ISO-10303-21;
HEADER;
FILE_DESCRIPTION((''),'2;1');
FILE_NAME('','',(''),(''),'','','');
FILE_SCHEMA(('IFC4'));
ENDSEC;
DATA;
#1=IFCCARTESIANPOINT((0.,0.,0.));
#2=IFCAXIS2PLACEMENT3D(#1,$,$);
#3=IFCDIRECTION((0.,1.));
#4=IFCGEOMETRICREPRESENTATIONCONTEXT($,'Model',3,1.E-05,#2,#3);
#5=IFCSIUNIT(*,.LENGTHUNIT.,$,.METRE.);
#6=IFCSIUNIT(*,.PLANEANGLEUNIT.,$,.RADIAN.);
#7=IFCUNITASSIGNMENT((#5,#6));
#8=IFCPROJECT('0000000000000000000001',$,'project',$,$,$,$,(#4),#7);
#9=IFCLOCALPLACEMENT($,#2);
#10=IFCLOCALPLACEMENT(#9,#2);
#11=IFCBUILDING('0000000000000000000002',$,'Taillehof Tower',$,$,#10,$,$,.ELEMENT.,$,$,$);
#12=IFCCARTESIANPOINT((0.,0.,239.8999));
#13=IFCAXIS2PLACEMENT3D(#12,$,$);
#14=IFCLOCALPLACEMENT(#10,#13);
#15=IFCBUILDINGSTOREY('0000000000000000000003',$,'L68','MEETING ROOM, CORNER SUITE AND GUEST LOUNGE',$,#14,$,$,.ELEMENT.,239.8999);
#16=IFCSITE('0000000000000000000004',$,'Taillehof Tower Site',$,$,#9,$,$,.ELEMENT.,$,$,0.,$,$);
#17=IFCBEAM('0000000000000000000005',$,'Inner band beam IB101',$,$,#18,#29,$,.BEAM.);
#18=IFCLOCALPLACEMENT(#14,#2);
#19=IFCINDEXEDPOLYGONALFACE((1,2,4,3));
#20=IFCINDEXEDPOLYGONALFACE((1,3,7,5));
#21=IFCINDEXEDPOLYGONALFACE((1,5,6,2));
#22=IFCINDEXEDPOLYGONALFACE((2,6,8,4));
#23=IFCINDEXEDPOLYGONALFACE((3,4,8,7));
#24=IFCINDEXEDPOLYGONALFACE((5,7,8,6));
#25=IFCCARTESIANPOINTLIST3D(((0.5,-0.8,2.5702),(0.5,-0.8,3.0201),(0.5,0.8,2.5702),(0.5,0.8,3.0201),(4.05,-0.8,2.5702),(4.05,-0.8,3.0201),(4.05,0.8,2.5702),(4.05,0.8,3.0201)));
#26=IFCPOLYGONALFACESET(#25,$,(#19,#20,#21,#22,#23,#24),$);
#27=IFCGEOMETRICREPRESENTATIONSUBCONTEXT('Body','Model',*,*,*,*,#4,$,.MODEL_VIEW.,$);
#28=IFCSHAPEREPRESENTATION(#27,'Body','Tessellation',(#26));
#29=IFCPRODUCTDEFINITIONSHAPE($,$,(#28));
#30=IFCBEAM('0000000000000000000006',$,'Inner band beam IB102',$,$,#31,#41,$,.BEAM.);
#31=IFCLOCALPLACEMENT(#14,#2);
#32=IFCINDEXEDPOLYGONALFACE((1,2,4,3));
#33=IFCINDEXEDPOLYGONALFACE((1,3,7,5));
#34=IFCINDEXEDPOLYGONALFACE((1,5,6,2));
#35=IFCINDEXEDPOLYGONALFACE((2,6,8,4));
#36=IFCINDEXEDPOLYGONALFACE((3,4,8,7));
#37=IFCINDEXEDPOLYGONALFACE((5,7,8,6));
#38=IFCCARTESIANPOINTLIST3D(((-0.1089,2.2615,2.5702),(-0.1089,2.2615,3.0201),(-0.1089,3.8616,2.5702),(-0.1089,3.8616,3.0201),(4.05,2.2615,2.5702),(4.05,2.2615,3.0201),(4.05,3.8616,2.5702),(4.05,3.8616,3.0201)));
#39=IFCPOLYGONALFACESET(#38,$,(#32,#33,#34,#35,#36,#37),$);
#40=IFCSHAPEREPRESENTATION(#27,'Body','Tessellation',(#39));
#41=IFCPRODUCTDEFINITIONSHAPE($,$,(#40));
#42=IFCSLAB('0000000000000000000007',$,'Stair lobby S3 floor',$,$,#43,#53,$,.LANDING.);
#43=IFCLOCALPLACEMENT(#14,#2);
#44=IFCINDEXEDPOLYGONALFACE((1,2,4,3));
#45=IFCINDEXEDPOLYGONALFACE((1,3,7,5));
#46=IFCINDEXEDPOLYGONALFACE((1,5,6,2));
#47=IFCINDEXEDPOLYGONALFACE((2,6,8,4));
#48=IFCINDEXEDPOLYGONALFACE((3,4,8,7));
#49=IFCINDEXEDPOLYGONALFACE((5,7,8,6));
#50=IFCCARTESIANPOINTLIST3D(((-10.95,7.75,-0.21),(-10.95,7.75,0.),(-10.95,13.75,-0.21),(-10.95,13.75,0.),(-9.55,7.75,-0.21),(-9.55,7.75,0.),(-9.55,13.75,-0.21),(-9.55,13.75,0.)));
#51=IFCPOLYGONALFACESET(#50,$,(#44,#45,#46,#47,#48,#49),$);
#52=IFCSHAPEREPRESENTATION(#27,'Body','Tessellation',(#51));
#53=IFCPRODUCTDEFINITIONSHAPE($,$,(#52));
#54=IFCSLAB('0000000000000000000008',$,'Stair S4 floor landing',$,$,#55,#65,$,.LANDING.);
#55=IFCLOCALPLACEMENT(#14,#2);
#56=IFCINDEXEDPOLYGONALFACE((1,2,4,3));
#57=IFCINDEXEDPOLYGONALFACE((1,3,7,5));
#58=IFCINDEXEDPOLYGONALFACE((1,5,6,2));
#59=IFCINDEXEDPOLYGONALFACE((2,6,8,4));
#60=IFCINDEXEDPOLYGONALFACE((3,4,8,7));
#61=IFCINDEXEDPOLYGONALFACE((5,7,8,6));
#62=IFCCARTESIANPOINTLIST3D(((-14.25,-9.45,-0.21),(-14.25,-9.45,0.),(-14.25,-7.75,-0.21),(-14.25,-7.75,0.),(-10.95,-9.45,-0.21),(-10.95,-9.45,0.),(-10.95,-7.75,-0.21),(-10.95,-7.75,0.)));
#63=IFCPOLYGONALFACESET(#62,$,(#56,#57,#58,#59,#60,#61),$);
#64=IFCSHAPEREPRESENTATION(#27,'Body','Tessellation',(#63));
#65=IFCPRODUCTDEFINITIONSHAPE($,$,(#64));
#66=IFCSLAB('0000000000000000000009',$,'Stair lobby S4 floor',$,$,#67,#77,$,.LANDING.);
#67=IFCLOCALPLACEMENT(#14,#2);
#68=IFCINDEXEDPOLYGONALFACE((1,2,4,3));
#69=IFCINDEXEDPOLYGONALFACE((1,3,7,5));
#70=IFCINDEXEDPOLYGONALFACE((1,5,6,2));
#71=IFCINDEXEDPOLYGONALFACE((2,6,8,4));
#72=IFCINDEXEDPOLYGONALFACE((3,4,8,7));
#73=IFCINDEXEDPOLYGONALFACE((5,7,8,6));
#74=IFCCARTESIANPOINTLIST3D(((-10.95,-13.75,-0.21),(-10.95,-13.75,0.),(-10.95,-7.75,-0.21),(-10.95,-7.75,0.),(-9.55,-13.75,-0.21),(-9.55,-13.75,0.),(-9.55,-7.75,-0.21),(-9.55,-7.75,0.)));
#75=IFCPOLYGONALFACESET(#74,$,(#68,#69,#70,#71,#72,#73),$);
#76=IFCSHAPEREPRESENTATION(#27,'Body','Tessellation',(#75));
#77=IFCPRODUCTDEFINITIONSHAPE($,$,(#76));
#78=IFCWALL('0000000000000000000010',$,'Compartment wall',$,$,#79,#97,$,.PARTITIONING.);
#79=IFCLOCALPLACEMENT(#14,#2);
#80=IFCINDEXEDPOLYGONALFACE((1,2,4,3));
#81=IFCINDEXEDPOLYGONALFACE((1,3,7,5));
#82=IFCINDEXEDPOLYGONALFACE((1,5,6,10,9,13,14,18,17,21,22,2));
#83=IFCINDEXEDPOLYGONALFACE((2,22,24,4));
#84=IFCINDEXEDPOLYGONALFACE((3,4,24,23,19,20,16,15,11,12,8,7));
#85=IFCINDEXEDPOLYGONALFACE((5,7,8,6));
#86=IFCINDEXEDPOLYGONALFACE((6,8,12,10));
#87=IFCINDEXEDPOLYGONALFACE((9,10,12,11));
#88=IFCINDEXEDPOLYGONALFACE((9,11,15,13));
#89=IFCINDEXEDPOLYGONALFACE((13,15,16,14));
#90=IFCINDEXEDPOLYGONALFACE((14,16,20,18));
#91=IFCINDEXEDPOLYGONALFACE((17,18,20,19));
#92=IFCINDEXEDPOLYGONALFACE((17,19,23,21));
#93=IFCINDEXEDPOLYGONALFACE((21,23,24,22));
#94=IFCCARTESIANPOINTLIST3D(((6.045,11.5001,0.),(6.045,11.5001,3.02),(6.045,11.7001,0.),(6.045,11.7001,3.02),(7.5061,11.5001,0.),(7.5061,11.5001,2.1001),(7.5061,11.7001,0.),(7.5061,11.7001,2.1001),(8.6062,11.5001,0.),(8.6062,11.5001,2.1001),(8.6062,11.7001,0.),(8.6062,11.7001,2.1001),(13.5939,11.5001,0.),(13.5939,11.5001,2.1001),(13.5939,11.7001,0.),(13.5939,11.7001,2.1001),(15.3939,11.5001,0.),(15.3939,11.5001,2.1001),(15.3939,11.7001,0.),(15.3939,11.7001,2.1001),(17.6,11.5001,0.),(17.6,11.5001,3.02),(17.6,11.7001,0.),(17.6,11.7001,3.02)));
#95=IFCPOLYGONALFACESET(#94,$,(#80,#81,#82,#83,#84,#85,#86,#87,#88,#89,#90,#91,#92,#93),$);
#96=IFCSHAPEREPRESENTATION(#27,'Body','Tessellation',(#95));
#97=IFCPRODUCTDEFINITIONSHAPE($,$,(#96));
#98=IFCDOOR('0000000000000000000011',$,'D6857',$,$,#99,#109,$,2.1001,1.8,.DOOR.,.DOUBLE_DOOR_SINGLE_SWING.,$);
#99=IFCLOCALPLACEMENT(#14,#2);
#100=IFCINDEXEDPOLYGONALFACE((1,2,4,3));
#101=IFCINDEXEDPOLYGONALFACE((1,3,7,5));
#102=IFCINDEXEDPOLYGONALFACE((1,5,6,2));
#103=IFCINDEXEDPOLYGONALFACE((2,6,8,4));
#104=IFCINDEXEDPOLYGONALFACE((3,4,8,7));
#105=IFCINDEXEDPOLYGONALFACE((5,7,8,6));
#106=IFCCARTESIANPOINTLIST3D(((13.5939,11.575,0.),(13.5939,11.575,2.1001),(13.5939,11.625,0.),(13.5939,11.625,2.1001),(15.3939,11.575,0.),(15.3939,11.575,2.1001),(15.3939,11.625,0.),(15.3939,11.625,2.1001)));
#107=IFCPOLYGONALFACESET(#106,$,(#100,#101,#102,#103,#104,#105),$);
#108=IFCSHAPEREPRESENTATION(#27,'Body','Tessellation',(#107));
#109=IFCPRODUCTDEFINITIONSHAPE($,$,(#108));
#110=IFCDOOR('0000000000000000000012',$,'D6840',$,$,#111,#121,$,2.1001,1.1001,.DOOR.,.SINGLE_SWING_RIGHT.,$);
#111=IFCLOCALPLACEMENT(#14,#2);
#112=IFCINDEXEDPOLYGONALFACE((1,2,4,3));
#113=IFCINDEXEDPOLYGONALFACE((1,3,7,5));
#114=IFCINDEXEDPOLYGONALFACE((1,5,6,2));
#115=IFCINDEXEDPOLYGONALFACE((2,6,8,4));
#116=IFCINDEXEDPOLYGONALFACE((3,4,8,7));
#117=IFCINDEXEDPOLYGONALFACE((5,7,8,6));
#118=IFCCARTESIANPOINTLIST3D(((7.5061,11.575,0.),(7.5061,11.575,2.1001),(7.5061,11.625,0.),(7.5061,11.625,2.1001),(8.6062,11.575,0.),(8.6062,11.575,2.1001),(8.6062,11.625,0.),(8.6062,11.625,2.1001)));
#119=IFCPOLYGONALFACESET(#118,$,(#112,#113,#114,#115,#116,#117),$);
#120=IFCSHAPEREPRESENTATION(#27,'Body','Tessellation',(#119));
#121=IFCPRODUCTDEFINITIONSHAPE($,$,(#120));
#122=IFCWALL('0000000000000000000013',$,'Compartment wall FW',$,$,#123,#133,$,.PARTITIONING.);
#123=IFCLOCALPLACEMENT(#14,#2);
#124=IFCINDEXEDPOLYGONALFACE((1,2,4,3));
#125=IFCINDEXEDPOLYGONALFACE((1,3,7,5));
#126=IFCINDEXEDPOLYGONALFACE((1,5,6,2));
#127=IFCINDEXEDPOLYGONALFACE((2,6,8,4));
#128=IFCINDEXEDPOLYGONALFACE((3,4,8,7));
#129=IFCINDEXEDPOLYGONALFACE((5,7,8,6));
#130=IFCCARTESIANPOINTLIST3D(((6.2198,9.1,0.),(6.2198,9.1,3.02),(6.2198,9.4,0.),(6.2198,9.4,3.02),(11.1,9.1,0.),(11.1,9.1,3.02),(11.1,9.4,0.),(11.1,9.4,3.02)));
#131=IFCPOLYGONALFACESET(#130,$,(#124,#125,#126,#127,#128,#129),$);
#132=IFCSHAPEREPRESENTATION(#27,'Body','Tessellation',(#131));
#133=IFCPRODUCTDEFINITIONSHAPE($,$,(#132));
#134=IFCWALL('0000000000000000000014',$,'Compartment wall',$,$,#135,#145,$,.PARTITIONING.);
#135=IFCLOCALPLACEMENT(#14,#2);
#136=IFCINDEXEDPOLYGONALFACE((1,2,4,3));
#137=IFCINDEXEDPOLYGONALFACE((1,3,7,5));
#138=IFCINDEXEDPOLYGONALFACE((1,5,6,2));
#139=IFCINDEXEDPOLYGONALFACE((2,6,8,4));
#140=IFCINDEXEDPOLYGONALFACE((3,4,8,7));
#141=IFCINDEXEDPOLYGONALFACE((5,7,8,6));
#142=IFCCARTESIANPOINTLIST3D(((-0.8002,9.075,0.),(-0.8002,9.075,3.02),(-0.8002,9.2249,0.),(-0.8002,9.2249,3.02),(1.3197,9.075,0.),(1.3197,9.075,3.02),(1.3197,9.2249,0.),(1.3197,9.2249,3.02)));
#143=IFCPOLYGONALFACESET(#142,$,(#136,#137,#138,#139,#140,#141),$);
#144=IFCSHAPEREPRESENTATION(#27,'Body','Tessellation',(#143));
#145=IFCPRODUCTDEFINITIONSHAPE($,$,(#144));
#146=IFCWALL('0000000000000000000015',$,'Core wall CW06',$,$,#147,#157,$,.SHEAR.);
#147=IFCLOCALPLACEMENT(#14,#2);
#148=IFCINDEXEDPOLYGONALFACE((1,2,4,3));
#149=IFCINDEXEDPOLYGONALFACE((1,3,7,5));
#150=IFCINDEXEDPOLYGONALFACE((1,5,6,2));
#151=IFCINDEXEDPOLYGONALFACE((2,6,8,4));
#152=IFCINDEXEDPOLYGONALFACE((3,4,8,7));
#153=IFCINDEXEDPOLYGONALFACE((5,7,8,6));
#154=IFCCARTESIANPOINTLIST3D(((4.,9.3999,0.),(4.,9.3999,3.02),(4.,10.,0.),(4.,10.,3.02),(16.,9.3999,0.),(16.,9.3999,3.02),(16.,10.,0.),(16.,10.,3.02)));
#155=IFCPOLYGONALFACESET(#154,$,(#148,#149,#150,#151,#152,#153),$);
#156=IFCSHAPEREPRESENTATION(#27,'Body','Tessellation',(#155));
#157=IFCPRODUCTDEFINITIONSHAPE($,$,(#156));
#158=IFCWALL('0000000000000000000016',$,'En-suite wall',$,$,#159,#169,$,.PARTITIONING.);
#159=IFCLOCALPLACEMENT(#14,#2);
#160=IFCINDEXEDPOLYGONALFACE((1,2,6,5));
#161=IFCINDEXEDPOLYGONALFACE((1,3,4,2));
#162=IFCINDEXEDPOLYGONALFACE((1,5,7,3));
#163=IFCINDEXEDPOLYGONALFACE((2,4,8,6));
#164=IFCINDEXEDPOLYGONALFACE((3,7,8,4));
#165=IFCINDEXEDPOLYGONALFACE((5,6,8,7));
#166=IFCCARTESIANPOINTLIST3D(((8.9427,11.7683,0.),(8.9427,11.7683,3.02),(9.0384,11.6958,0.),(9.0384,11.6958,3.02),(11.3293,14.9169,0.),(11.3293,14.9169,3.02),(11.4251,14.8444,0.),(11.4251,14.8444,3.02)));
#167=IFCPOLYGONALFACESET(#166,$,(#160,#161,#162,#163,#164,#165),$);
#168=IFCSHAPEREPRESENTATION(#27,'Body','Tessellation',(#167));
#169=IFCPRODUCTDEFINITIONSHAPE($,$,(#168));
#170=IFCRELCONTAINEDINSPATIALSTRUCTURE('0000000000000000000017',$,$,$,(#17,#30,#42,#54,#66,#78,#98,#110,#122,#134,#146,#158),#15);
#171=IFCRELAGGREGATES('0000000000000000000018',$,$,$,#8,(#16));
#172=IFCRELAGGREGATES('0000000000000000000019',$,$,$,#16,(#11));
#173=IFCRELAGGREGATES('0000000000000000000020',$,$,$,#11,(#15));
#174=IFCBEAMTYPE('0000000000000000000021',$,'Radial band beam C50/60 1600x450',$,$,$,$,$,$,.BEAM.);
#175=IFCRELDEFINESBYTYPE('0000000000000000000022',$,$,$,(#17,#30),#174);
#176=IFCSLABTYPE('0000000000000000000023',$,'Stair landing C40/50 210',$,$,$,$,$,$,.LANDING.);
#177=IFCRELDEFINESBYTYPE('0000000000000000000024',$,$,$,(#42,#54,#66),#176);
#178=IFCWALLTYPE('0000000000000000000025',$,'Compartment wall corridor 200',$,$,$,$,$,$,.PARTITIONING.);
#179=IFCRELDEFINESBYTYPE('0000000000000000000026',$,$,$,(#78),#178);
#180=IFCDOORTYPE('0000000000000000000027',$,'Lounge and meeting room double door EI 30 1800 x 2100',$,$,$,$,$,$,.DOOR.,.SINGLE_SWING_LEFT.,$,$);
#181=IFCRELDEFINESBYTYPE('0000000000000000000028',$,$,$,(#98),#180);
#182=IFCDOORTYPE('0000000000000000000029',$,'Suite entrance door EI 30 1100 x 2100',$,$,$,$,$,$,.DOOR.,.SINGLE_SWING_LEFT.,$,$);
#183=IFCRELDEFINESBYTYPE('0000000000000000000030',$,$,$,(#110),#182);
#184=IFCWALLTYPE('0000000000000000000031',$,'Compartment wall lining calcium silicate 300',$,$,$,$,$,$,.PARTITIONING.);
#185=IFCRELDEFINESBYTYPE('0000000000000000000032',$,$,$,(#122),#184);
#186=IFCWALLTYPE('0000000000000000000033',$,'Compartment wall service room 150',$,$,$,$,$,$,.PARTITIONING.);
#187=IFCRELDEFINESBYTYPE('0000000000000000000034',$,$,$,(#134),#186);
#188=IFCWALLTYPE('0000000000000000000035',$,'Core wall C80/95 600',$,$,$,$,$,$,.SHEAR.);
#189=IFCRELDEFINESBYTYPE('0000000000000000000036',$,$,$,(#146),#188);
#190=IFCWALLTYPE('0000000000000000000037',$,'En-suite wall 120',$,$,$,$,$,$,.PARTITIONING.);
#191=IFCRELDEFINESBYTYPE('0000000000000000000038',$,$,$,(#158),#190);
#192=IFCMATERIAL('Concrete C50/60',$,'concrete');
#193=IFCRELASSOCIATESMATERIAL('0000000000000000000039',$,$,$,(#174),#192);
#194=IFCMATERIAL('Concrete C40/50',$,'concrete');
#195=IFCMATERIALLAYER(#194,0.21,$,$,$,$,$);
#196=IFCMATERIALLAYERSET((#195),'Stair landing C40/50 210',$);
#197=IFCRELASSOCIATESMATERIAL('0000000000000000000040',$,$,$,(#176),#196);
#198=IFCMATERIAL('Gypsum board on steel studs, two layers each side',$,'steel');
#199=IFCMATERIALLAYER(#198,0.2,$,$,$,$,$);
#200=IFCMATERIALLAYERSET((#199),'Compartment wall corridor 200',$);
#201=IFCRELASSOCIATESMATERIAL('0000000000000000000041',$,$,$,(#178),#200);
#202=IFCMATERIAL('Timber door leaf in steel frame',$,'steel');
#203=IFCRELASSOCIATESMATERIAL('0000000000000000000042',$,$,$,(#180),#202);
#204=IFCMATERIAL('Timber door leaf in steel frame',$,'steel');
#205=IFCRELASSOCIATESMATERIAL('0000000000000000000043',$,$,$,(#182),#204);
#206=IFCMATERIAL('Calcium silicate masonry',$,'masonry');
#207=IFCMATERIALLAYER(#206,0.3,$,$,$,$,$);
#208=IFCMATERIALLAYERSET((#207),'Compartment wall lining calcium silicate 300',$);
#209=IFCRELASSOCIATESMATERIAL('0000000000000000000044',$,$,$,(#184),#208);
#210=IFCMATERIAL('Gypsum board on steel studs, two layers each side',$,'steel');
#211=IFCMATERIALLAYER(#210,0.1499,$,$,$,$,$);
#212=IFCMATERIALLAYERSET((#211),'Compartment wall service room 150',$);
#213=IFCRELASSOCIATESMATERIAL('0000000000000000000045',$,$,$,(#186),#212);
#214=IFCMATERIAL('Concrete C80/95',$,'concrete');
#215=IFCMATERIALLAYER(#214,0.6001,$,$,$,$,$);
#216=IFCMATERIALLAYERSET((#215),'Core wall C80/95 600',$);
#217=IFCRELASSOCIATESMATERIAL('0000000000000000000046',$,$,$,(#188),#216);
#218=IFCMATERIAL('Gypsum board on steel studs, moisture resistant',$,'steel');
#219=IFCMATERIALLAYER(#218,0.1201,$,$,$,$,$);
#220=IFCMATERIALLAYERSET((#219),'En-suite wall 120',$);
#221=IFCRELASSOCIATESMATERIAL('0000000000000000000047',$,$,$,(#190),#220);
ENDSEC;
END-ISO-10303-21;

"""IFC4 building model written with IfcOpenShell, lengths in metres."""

from ifc_helpers import new_model, si_unit, direction, frame, frame_2d, origin, origin_2d, place, context, subcontext, project, spatial, polyline, rectangle, outline, extrude, material, layer, layer_set, material_profile, profile_set, type_object, element, fill, save


model = new_model("IFC4")

# Units and contexts
model_context = context("Model", 3, precision=1e-05, world=origin(), true_north=direction((0.0, 1.0)))
body_context = subcontext(model_context, "Body", "Model", "MODEL_VIEW")
ifc_project = project(units=[si_unit("LENGTHUNIT", "METRE"), si_unit("PLANEANGLEUNIT", "RADIAN")], contexts=[model_context])

# Site, building, storey
site_placement = place(None, origin())
site = spatial("IfcSite", under=ifc_project, at=site_placement, Name="Taillehof Tower Site", CompositionType="ELEMENT", RefElevation=0.0)
building_placement = place(site_placement, origin())
building = spatial("IfcBuilding", under=site, at=building_placement, Name="Taillehof Tower", CompositionType="ELEMENT")
storey_placement = place(building_placement, frame((0.0, 0.0, 239.8999)))
storey = spatial("IfcBuildingStorey", under=building, at=storey_placement, Name="L68", Description="MEETING ROOM, CORNER SUITE AND GUEST LOUNGE", CompositionType="ELEMENT", Elevation=239.8999)

# Beams
ifc_material_1 = material(Name="Concrete C50/60", Category="concrete")
ifc_material_profile = material_profile(ifc_material_1, rectangle(XDim=1.6001, YDim=0.45, at=origin_2d()), Name="RC 1600x450")
ifc_profile_set = profile_set([ifc_material_profile], Name="Concrete C50/60")
beam_type = type_object("IfcBeamType", Name="Radial band beam C50/60 1600x450", PredefinedType="BEAM", material=ifc_profile_set)
beam_1_placement = place(storey_placement, frame((0.5, 0.0, 2.7952), z_axis=(1.0, 0.0, 0.0), x_axis=(0.0, 1.0, 0.0)))
element("IfcBeam", 1, at=beam_1_placement, inside=storey, type_object=beam_type, Name="Inner band beam IB101", PredefinedType="BEAM", context=body_context, shape_type="SweptSolid", body=[
    extrude(rectangle(XDim=1.6001, YDim=0.45, at=origin_2d()), origin(), (0.0, 0.0, 1.0), 3.55),
])
beam_2_placement = place(storey_placement, frame((-0.1089, 3.0615, 2.7952), z_axis=(1.0, 0.0, 0.0), x_axis=(0.0, 1.0, 0.0)))
element("IfcBeam", 2, at=beam_2_placement, inside=storey, type_object=beam_type, Name="Inner band beam IB102", PredefinedType="BEAM", context=body_context, shape_type="SweptSolid", body=[
    extrude(rectangle(XDim=1.6001, YDim=0.45, at=origin_2d()), origin(), (0.0, 0.0, 1.0), 4.1589),
])

# Slabs
ifc_material_2 = material(Name="Concrete C40/50", Category="concrete")
ifc_layer_1 = layer(ifc_material_2, 0.21)
ifc_layer_set_1 = layer_set([ifc_layer_1], Name="Stair landing C40/50 210")
slab_type = type_object("IfcSlabType", Name="Stair landing C40/50 210", PredefinedType="LANDING", material=ifc_layer_set_1)
slab_1_placement = place(storey_placement, frame((0.0, 0.0, -0.21)))
element("IfcSlab", 3, at=slab_1_placement, inside=storey, type_object=slab_type, Name="Stair lobby S3 floor", PredefinedType="LANDING", context=body_context, shape_type="SweptSolid", body=[
    extrude(outline(polyline([(-10.95, 7.75), (-9.55, 7.75), (-9.55, 13.75), (-10.95, 13.75), (-10.95, 7.75)])), origin(), (0.0, 0.0, 1.0), 0.21),
])
slab_2_placement = place(storey_placement, frame((0.0, 0.0, -0.21)))
element("IfcSlab", 4, at=slab_2_placement, inside=storey, type_object=slab_type, Name="Stair S4 floor landing", PredefinedType="LANDING", context=body_context, shape_type="SweptSolid", body=[
    extrude(outline(polyline([(-14.25, -7.75), (-14.25, -9.45), (-10.95, -9.45), (-10.95, -7.75), (-14.25, -7.75)])), origin(), (0.0, 0.0, 1.0), 0.21),
])
slab_3_placement = place(storey_placement, frame((0.0, 0.0, -0.21)))
element("IfcSlab", 5, at=slab_3_placement, inside=storey, type_object=slab_type, Name="Stair lobby S4 floor", PredefinedType="LANDING", context=body_context, shape_type="SweptSolid", body=[
    extrude(outline(polyline([(-10.95, -13.75), (-9.55, -13.75), (-9.55, -7.75), (-10.95, -7.75), (-10.95, -13.75)])), origin(), (0.0, 0.0, 1.0), 0.21),
])

# Wall, openings, doors
ifc_material_3 = material(Name="Gypsum board on steel studs, two layers each side", Category="steel")
ifc_layer_2 = layer(ifc_material_3, 0.2)
ifc_layer_set_2 = layer_set([ifc_layer_2], Name="Compartment wall corridor 200")
wall_type_1 = type_object("IfcWallType", Name="Compartment wall corridor 200", PredefinedType="PARTITIONING", material=ifc_layer_set_2)
wall_1_placement = place(storey_placement, frame((6.0452, 11.6001, 0.0), z_axis=(0.0, 0.0, 1.0), x_axis=(1.0, 0.0, 0.0)))
wall_1 = element("IfcWall", 6, at=wall_1_placement, inside=storey, type_object=wall_type_1, Name="Compartment wall", PredefinedType="PARTITIONING", context=body_context, shape_type="SweptSolid", body=[
    extrude(rectangle(XDim=11.5549, YDim=0.2, at=frame_2d((5.7773, 0.0))), origin(), (0.0, 0.0, 1.0), 3.02),
])
opening_1_placement = place(wall_1_placement, frame((1.4609, 0.0, 0.0)))
opening_1 = element("IfcOpeningElement", 7, at=opening_1_placement, cuts=wall_1, PredefinedType="OPENING", context=body_context, shape_type="SweptSolid", body=[
    extrude(rectangle(XDim=1.1001, YDim=2.1001, at=frame_2d((0.55, 1.05))), frame((0.0, 0.1099, 0.0), z_axis=(0.0, -1.0, 0.0), x_axis=(1.0, 0.0, 0.0)), (0.0, 0.0, 1.0), 0.22),
])
opening_2_placement = place(wall_1_placement, frame((7.5488, 0.0, 0.0)))
opening_2 = element("IfcOpeningElement", 8, at=opening_2_placement, cuts=wall_1, PredefinedType="OPENING", context=body_context, shape_type="SweptSolid", body=[
    extrude(rectangle(XDim=1.8, YDim=2.1001, at=frame_2d((0.8999, 1.05))), frame((0.0, 0.1099, 0.0), z_axis=(0.0, -1.0, 0.0), x_axis=(1.0, 0.0, 0.0)), (0.0, 0.0, 1.0), 0.22),
])
ifc_material_4 = material(Name="Timber door leaf in steel frame", Category="steel")
door_type_1 = type_object("IfcDoorType", Name="Lounge and meeting room double door EI 30 1800 x 2100", OperationType="SINGLE_SWING_LEFT", PredefinedType="DOOR", material=ifc_material_4)
door_1_placement = place(opening_2_placement, origin())
door_1 = element("IfcDoor", 9, at=door_1_placement, inside=storey, type_object=door_type_1, Name="D6857", OperationType="DOUBLE_DOOR_SINGLE_SWING", OverallHeight=2.1001, OverallWidth=1.8, PredefinedType="DOOR", context=body_context, shape_type="SweptSolid", body=[
    extrude(rectangle(XDim=1.8, YDim=2.1001, at=frame_2d((0.8999, 1.05))), frame((0.0, 0.0249, 0.0), z_axis=(0.0, -1.0, 0.0), x_axis=(1.0, 0.0, 0.0)), (0.0, 0.0, 1.0), 0.05),
])
fill(opening_2, door_1)
ifc_material_5 = material(Name="Timber door leaf in steel frame", Category="steel")
door_type_2 = type_object("IfcDoorType", Name="Suite entrance door EI 30 1100 x 2100", OperationType="SINGLE_SWING_LEFT", PredefinedType="DOOR", material=ifc_material_5)
door_2_placement = place(opening_1_placement, origin())
door_2 = element("IfcDoor", 10, at=door_2_placement, inside=storey, type_object=door_type_2, Name="D6840", OperationType="SINGLE_SWING_RIGHT", OverallHeight=2.1001, OverallWidth=1.1001, PredefinedType="DOOR", context=body_context, shape_type="SweptSolid", body=[
    extrude(rectangle(XDim=1.1001, YDim=2.1001, at=frame_2d((0.55, 1.05))), frame((0.0, 0.0249, 0.0), z_axis=(0.0, -1.0, 0.0), x_axis=(1.0, 0.0, 0.0)), (0.0, 0.0, 1.0), 0.05),
])
fill(opening_1, door_2)

# Walls
ifc_material_6 = material(Name="Calcium silicate masonry", Category="masonry")
ifc_layer_3 = layer(ifc_material_6, 0.3)
ifc_layer_set_3 = layer_set([ifc_layer_3], Name="Compartment wall lining calcium silicate 300")
wall_type_2 = type_object("IfcWallType", Name="Compartment wall lining calcium silicate 300", PredefinedType="PARTITIONING", material=ifc_layer_set_3)
wall_2_placement = place(storey_placement, frame((6.22, 9.25, 0.0), z_axis=(0.0, 0.0, 1.0), x_axis=(1.0, 0.0, 0.0)))
element("IfcWall", 11, at=wall_2_placement, inside=storey, type_object=wall_type_2, Name="Compartment wall FW", PredefinedType="PARTITIONING", context=body_context, shape_type="SweptSolid", body=[
    extrude(rectangle(XDim=4.8801, YDim=0.3, at=frame_2d((2.4399, 0.0))), origin(), (0.0, 0.0, 1.0), 3.02),
])
ifc_material_7 = material(Name="Gypsum board on steel studs, two layers each side", Category="steel")
ifc_layer_4 = layer(ifc_material_7, 0.1499)
ifc_layer_set_4 = layer_set([ifc_layer_4], Name="Compartment wall service room 150")
wall_type_3 = type_object("IfcWallType", Name="Compartment wall service room 150", PredefinedType="PARTITIONING", material=ifc_layer_set_4)
wall_3_placement = place(storey_placement, frame((1.3198, 9.1499, 0.0), z_axis=(0.0, 0.0, 1.0), x_axis=(-1.0, 0.0, 0.0)))
element("IfcWall", 12, at=wall_3_placement, inside=storey, type_object=wall_type_3, Name="Compartment wall", PredefinedType="PARTITIONING", context=body_context, shape_type="SweptSolid", body=[
    extrude(rectangle(XDim=2.1199, YDim=0.1499, at=frame_2d((1.0601, 0.0))), origin(), (0.0, 0.0, 1.0), 3.02),
])
ifc_material_8 = material(Name="Concrete C80/95", Category="concrete")
ifc_layer_5 = layer(ifc_material_8, 0.6001)
ifc_layer_set_5 = layer_set([ifc_layer_5], Name="Core wall C80/95 600")
wall_type_4 = type_object("IfcWallType", Name="Core wall C80/95 600", PredefinedType="SHEAR", material=ifc_layer_set_5)
wall_4_placement = place(storey_placement, frame((4.0, 9.7, 0.0), z_axis=(0.0, 0.0, 1.0), x_axis=(1.0, 0.0, 0.0)))
element("IfcWall", 13, at=wall_4_placement, inside=storey, type_object=wall_type_4, Name="Core wall CW06", PredefinedType="SHEAR", context=body_context, shape_type="SweptSolid", body=[
    extrude(rectangle(XDim=12.0, YDim=0.6001, at=frame_2d((6.0, 0.0))), origin(), (0.0, 0.0, 1.0), 3.02),
])
ifc_material_9 = material(Name="Gypsum board on steel studs, moisture resistant", Category="steel")
ifc_layer_6 = layer(ifc_material_9, 0.1201)
ifc_layer_set_6 = layer_set([ifc_layer_6], Name="En-suite wall 120")
wall_type_5 = type_object("IfcWallType", Name="En-suite wall 120", PredefinedType="PARTITIONING", material=ifc_layer_set_6)
wall_5_placement = place(storey_placement, frame((8.9905, 11.7319, 0.0), z_axis=(0.0, 0.0, 1.0), x_axis=(0.604075, 0.796927, 0.0)))
element("IfcWall", 14, at=wall_5_placement, inside=storey, type_object=wall_type_5, Name="En-suite wall", PredefinedType="PARTITIONING", context=body_context, shape_type="SweptSolid", body=[
    extrude(rectangle(XDim=3.9509, YDim=0.1201, at=frame_2d((1.9756, 0.0))), origin(), (0.0, 0.0, 1.0), 3.02),
])

save(model, "model.ifc")
